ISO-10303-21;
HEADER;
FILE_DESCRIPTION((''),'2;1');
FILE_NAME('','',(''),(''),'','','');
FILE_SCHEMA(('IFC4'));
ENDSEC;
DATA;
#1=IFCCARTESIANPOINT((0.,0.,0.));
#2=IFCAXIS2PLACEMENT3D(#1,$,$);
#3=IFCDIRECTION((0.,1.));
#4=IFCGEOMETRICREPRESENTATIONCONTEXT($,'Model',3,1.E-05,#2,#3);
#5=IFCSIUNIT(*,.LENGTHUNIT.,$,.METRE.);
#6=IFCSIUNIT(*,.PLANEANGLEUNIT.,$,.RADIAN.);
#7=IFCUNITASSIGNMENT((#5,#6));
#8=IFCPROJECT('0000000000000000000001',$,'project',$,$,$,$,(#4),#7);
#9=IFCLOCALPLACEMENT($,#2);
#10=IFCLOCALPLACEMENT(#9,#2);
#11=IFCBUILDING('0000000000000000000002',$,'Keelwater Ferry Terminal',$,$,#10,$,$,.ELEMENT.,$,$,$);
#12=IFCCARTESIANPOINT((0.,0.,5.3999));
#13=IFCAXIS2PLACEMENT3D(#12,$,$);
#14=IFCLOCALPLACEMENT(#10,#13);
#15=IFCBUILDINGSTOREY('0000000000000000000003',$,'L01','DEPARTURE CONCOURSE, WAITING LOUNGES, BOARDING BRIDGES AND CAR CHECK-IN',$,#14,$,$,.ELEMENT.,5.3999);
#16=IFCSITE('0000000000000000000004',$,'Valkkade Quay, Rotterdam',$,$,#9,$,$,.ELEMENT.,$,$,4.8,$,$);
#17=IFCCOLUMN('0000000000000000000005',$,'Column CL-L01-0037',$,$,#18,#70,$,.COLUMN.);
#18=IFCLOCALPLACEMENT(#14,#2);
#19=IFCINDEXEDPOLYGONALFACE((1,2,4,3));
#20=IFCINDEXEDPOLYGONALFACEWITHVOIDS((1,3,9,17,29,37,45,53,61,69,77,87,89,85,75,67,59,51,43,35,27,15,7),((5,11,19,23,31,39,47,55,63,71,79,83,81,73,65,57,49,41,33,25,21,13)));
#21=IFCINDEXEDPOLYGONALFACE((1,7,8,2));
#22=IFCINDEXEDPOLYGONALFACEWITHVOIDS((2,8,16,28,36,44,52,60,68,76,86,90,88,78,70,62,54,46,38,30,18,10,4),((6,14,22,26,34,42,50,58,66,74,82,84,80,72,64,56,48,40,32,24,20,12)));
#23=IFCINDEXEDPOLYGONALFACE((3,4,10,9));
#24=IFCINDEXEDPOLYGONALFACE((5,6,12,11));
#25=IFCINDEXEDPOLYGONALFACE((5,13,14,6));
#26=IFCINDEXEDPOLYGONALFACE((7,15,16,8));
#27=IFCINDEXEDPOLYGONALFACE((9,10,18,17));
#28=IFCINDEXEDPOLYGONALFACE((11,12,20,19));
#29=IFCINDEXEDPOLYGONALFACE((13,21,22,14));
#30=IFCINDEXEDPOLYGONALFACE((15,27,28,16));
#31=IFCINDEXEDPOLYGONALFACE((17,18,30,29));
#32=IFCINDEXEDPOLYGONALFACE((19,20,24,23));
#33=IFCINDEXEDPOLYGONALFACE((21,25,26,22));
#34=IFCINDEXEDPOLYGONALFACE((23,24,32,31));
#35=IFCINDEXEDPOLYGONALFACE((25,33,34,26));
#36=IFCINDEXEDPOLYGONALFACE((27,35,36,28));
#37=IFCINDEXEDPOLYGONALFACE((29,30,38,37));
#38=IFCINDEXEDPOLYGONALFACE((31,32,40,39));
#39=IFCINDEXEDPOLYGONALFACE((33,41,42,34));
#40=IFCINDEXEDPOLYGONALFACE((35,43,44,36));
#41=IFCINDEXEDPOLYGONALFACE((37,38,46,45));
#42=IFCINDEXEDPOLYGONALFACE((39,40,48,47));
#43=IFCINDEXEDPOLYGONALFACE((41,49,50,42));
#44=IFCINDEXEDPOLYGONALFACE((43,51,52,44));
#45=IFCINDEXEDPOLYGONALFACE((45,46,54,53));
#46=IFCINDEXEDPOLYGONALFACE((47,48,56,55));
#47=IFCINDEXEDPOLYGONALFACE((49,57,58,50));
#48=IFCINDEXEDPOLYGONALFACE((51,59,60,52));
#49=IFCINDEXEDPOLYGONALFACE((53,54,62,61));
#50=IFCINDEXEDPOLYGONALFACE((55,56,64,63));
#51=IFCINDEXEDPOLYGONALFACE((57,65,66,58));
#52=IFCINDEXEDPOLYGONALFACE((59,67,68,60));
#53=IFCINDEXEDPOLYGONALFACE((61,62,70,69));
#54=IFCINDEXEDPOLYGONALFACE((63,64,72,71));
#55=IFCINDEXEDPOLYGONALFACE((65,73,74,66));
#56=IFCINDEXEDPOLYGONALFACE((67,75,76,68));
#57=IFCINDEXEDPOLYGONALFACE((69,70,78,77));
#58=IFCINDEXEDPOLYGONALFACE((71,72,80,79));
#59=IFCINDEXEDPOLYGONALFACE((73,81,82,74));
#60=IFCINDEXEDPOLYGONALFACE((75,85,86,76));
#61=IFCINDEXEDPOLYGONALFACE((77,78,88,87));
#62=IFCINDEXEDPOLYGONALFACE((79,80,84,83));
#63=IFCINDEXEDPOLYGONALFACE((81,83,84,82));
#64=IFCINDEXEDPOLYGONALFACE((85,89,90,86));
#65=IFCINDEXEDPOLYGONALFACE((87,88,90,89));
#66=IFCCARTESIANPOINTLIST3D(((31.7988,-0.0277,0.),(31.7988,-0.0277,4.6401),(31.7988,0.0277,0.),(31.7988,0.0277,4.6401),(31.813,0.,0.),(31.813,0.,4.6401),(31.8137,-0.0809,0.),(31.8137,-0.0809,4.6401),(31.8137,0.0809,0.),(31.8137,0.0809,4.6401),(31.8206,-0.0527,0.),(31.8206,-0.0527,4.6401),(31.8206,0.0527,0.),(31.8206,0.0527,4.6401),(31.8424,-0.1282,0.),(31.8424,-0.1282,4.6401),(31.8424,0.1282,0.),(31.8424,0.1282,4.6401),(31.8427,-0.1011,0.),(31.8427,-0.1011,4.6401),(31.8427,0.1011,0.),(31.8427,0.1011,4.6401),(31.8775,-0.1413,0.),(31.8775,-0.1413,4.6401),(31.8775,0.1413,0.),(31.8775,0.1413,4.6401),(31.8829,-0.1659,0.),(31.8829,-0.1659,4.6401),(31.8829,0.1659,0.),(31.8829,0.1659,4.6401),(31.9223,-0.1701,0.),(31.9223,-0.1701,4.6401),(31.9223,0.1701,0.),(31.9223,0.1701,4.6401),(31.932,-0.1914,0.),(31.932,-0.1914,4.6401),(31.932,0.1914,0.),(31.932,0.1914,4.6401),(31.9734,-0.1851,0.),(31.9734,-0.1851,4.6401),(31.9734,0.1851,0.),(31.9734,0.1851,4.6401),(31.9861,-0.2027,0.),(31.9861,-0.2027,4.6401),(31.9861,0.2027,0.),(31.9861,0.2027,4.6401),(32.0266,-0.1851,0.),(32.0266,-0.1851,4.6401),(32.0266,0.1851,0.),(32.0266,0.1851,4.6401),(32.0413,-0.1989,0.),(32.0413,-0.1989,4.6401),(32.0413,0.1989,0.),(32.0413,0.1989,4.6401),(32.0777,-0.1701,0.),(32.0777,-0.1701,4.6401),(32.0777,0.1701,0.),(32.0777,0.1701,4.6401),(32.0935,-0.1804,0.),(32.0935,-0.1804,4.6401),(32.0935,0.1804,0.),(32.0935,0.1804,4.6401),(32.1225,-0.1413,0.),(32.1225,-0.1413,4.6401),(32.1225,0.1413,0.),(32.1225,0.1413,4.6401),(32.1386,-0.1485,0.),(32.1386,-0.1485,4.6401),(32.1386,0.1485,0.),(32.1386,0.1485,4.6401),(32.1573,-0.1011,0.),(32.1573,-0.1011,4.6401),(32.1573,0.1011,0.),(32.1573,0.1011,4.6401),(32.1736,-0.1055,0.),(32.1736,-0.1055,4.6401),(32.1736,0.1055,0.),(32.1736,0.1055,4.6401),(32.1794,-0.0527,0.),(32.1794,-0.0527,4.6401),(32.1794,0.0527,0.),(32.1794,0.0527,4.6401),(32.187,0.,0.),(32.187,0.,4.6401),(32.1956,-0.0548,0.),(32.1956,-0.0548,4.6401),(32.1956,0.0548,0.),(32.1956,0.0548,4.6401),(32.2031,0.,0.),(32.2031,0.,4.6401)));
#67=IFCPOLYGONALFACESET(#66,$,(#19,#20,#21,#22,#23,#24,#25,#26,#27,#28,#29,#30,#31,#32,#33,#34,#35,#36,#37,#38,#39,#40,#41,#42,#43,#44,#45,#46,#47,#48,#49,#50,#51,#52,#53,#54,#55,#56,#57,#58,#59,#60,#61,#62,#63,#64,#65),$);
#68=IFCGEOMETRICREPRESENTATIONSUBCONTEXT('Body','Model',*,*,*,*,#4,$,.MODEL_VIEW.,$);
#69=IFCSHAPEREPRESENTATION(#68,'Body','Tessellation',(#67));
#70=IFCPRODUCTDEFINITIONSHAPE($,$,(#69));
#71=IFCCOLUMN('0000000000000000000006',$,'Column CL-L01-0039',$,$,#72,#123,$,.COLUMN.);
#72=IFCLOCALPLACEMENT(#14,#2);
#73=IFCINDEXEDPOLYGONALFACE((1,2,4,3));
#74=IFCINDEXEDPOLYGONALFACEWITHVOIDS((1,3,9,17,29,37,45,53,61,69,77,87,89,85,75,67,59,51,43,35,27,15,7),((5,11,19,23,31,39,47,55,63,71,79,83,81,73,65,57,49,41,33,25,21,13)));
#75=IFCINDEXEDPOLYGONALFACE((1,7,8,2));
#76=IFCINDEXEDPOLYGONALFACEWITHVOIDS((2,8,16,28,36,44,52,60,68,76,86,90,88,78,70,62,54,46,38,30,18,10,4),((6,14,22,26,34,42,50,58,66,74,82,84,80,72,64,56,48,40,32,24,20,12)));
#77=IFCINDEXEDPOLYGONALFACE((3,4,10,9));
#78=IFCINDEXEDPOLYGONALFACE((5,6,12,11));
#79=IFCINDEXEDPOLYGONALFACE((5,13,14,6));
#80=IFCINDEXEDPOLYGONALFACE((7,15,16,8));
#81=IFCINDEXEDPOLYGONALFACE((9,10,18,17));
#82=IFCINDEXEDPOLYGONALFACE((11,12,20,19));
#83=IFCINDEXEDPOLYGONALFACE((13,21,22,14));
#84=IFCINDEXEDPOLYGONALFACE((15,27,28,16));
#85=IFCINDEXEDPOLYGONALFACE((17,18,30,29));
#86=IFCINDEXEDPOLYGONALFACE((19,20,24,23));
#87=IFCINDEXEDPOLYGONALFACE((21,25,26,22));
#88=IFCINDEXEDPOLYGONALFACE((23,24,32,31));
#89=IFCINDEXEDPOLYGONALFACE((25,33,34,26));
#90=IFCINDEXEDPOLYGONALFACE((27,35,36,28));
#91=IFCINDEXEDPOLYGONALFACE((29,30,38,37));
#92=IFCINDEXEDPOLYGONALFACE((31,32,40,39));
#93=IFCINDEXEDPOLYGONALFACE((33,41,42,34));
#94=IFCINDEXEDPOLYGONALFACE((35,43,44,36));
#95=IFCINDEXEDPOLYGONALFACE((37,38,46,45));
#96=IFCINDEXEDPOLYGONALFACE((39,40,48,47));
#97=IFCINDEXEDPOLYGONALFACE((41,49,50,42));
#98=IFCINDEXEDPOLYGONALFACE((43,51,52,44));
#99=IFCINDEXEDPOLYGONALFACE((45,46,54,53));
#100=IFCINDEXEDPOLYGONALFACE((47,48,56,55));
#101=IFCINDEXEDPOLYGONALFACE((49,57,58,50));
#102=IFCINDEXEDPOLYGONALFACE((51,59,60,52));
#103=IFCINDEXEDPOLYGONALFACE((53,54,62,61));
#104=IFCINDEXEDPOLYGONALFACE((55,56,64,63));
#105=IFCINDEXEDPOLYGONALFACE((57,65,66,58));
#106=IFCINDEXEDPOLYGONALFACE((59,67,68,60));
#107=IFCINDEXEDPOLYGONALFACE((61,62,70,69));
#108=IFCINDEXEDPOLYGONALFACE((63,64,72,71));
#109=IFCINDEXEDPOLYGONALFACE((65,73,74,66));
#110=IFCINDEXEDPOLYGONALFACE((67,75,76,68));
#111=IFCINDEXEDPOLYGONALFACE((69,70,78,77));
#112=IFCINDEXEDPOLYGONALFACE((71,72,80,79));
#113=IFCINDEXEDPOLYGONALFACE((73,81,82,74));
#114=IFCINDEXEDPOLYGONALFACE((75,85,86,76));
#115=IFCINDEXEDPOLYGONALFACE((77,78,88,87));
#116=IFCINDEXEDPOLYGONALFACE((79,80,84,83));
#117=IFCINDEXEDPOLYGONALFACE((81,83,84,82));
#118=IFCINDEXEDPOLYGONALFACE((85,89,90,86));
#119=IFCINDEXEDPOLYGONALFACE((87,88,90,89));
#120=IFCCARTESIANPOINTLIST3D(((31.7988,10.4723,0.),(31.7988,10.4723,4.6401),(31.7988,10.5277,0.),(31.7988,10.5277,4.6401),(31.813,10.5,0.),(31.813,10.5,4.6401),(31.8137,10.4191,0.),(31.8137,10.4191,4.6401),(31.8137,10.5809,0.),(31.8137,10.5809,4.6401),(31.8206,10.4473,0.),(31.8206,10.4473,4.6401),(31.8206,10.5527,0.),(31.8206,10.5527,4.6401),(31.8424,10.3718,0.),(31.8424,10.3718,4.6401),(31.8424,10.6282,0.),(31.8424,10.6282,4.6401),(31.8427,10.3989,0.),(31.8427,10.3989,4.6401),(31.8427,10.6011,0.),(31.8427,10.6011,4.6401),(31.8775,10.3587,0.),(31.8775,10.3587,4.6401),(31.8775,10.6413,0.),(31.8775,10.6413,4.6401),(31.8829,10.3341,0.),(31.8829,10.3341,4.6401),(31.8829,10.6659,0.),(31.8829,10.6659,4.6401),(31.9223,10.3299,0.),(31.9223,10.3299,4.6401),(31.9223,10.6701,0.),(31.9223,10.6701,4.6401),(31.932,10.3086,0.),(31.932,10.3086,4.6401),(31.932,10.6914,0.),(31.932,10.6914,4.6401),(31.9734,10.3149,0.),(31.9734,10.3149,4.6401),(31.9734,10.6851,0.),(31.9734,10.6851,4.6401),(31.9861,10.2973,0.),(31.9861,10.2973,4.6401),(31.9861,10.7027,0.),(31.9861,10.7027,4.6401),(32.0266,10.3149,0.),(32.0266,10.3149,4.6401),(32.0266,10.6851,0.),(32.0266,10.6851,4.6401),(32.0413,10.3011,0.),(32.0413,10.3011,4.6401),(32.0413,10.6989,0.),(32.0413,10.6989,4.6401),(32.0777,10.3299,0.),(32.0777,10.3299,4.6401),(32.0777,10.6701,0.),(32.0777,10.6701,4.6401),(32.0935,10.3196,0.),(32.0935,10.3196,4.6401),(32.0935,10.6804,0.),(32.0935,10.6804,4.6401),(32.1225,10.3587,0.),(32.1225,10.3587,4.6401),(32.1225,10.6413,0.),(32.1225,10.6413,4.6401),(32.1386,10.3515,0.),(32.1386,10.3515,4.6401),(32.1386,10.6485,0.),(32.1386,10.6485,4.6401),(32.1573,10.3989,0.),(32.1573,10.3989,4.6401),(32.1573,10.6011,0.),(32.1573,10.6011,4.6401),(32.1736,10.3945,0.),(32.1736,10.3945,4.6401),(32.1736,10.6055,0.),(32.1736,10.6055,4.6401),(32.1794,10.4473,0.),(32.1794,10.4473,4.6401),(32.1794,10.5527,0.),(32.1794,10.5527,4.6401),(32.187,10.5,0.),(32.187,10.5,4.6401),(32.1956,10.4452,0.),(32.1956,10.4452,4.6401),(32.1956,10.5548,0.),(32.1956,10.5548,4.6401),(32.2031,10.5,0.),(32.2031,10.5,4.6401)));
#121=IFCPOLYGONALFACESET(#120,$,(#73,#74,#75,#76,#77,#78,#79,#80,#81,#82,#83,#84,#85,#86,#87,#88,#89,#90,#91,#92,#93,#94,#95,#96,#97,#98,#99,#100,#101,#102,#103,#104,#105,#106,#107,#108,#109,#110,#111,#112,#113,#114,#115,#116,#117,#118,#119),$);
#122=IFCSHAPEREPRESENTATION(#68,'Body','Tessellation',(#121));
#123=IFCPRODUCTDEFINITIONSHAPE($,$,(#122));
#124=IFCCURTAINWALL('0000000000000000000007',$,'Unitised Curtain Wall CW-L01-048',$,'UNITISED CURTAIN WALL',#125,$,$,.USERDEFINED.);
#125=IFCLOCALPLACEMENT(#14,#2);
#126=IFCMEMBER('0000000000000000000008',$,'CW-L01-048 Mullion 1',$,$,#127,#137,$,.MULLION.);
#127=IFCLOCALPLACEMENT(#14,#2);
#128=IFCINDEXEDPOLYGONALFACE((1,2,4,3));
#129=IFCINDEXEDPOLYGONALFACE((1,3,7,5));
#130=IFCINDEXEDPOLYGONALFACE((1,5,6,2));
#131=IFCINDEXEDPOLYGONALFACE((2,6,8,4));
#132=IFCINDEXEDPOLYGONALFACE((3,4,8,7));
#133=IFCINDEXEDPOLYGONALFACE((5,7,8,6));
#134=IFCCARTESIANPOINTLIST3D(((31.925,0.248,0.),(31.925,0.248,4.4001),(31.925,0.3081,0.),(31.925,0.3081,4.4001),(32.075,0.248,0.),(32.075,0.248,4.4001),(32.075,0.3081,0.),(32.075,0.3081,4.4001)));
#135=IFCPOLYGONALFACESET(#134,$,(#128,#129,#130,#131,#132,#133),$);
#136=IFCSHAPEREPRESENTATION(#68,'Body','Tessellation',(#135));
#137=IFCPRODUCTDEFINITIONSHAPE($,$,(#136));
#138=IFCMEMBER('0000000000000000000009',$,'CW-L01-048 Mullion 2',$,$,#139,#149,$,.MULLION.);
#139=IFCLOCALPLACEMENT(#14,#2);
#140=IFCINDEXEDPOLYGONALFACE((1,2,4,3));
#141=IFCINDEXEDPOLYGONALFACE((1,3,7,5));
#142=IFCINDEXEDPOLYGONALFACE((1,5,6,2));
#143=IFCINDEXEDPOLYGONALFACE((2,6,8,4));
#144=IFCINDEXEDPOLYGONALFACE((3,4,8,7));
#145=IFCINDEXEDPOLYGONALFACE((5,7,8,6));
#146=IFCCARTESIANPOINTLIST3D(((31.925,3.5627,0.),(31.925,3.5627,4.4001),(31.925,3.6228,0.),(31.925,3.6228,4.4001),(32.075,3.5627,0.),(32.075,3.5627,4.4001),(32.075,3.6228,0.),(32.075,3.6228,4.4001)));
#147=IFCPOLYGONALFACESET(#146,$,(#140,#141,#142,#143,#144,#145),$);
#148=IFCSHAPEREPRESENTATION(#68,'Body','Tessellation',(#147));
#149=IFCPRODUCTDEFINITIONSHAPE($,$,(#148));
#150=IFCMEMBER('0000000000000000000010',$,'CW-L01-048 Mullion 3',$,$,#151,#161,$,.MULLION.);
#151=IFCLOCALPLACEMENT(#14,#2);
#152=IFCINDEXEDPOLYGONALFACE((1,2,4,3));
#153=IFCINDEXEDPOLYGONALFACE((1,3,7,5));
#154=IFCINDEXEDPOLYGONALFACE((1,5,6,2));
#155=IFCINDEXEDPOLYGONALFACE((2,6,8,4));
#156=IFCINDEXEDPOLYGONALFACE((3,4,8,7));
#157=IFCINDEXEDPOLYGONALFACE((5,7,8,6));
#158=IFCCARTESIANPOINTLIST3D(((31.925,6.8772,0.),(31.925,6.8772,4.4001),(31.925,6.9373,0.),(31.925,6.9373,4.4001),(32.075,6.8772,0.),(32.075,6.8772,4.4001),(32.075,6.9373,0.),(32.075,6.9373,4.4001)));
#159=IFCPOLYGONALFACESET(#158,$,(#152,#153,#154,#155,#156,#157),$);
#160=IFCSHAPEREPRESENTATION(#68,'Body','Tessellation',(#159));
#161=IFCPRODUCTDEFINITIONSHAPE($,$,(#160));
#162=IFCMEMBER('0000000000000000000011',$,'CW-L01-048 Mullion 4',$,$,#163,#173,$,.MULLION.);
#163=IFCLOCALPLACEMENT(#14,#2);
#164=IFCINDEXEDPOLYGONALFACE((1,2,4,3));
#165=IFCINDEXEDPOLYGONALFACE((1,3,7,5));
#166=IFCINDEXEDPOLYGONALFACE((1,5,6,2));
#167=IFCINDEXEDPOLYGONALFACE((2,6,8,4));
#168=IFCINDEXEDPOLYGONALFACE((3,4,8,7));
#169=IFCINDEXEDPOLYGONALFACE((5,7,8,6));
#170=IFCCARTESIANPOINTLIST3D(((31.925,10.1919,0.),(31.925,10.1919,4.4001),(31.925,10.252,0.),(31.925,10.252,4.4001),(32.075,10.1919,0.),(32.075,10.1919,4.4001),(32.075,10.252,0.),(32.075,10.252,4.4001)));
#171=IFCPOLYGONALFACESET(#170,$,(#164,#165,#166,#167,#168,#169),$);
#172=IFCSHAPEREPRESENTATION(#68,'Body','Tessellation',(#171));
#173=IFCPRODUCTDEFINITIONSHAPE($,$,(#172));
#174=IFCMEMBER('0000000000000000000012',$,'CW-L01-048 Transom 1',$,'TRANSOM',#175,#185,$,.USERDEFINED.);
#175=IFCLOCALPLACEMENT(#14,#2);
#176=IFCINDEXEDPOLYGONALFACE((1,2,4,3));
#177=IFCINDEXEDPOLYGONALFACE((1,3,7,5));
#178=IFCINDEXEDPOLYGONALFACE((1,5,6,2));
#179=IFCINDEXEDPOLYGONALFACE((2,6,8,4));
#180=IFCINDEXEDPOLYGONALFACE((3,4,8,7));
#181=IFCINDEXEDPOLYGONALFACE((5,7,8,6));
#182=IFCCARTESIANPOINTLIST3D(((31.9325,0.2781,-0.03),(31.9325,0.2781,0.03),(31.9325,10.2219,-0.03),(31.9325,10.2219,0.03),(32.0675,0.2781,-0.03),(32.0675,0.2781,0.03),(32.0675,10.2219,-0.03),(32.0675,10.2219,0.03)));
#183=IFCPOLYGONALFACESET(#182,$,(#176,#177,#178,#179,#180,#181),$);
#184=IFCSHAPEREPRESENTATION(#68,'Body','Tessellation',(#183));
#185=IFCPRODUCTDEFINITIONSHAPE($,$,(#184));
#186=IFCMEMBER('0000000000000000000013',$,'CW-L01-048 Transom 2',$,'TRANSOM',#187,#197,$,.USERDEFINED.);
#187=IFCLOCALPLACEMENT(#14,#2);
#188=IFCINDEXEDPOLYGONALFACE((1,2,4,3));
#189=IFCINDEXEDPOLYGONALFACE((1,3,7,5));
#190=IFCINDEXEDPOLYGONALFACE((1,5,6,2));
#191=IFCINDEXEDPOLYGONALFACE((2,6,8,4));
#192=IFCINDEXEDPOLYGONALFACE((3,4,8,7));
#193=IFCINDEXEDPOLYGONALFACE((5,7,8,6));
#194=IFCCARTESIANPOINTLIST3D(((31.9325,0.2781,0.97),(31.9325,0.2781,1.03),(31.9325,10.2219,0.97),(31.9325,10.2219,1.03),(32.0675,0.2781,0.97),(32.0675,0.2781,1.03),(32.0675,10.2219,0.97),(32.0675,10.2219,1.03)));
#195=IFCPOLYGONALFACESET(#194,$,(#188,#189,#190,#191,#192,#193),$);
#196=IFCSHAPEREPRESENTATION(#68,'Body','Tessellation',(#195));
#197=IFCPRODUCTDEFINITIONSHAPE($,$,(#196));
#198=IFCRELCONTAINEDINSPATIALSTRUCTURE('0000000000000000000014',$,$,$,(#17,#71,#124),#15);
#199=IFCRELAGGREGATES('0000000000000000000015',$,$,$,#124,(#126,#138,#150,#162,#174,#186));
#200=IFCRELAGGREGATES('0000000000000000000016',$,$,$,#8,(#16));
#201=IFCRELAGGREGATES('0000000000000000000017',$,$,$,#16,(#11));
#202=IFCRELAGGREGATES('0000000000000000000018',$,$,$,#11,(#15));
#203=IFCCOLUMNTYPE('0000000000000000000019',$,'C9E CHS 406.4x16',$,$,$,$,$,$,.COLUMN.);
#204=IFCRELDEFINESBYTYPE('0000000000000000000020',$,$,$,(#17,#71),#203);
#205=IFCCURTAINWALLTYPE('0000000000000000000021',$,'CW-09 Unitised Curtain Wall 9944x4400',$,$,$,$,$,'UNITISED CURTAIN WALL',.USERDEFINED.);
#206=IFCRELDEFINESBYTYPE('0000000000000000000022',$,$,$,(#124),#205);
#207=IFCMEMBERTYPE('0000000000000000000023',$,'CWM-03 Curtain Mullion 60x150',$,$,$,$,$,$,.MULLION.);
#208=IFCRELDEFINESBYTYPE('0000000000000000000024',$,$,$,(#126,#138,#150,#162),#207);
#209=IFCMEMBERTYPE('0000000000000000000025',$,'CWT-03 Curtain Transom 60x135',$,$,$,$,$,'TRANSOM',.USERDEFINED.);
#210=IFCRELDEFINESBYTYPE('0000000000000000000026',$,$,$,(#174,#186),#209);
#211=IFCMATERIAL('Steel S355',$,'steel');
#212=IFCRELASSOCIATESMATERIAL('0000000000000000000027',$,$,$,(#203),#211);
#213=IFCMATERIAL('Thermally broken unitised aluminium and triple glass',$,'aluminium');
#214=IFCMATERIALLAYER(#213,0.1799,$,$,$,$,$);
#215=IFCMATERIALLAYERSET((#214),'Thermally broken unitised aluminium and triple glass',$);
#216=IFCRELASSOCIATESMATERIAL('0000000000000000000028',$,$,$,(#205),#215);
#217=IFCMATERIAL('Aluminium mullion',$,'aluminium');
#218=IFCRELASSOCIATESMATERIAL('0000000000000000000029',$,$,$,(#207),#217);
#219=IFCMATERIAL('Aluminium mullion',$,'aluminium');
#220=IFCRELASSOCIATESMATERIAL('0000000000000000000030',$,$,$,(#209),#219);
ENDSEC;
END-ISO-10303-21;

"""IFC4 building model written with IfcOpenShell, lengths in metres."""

from ifc_helpers import new_model, si_unit, direction, frame, origin, origin_2d, place, context, subcontext, project, spatial, rectangle, hollow_circle, extrude, material, layer, layer_set, material_profile, profile_set, type_object, element, aggregate, save


model = new_model("IFC4")

# Units and contexts
model_context = context("Model", 3, precision=1e-05, world=origin(), true_north=direction((0.0, 1.0)))
body_context = subcontext(model_context, "Body", "Model", "MODEL_VIEW")
ifc_project = project(units=[si_unit("LENGTHUNIT", "METRE"), si_unit("PLANEANGLEUNIT", "RADIAN")], contexts=[model_context])

# Site, building, storey
site_placement = place(None, origin())
site = spatial("IfcSite", under=ifc_project, at=site_placement, Name="Valkkade Quay, Rotterdam", CompositionType="ELEMENT", RefElevation=4.8)
building_placement = place(site_placement, origin())
building = spatial("IfcBuilding", under=site, at=building_placement, Name="Keelwater Ferry Terminal", CompositionType="ELEMENT")
storey_placement = place(building_placement, frame((0.0, 0.0, 5.3999)))
storey = spatial("IfcBuildingStorey", under=building, at=storey_placement, Name="L01", Description="DEPARTURE CONCOURSE, WAITING LOUNGES, BOARDING BRIDGES AND CAR CHECK-IN", CompositionType="ELEMENT", Elevation=5.3999)

# Columns
ifc_material_1 = material(Name="Steel S355", Category="steel")
ifc_material_profile_1 = material_profile(ifc_material_1, hollow_circle(Radius=0.2031, WallThickness=0.0161, at=origin_2d()), Name="CHS 406.4x16")
ifc_profile_set_1 = profile_set([ifc_material_profile_1], Name="Steel S355")
column_type = type_object("IfcColumnType", Name="C9E CHS 406.4x16", PredefinedType="COLUMN", material=ifc_profile_set_1)
for number, where, z_axis, x_axis, name in (
    (1, (32.0, 0.0, 0.0), (0.0, 0.0, 1.0), (1.0, 0.0, 0.0), "Column CL-L01-0037"),
    (2, (32.0, 10.5, 0.0), (0.0, 0.0, 1.0), (1.0, 0.0, 0.0), "Column CL-L01-0039"),
):
    element("IfcColumn", number, at=place(storey_placement, frame(where, z_axis=z_axis, x_axis=x_axis)), inside=storey, type_object=column_type, Name=name, PredefinedType="COLUMN", context=body_context, shape_type="SweptSolid", body=[
        extrude(hollow_circle(Radius=0.2031, WallThickness=0.0161, at=origin_2d()), origin(), (0.0, 0.0, 1.0), 4.6401),
    ])

# Curtain wall, members
ifc_material_2 = material(Name="Thermally broken unitised aluminium and triple glass", Category="aluminium")
ifc_layer_1 = layer(ifc_material_2, 0.1799)
ifc_layer_set_1 = layer_set([ifc_layer_1], Name="Thermally broken unitised aluminium and triple glass")
curtain_wall_type = type_object("IfcCurtainWallType", Name="CW-09 Unitised Curtain Wall 9944x4400", ElementType="UNITISED CURTAIN WALL", PredefinedType="USERDEFINED", material=ifc_layer_set_1)
curtain_wall_placement = place(storey_placement, origin())
curtain_wall = element("IfcCurtainWall", 3, at=curtain_wall_placement, inside=storey, type_object=curtain_wall_type, Name="Unitised Curtain Wall CW-L01-048", ObjectType="UNITISED CURTAIN WALL", PredefinedType="USERDEFINED")
ifc_material_3 = material(Name="Aluminium mullion", Category="aluminium")
ifc_material_profile_2 = material_profile(ifc_material_3, rectangle(XDim=0.0601, YDim=0.1499, at=origin_2d()), Name="CWM-03")
ifc_profile_set_2 = profile_set([ifc_material_profile_2], Name="Aluminium mullion")
member_type_1 = type_object("IfcMemberType", Name="CWM-03 Curtain Mullion 60x150", PredefinedType="MULLION", material=ifc_profile_set_2)
member_1_placement = place(storey_placement, frame((32.0, 0.2781, 0.0), z_axis=(0.0, 0.0, 1.0), x_axis=(0.0, 1.0, 0.0)))
member_1 = element("IfcMember", 4, at=member_1_placement, type_object=member_type_1, Name="CW-L01-048 Mullion 1", PredefinedType="MULLION", context=body_context, shape_type="SweptSolid", body=[
    extrude(rectangle(XDim=0.0601, YDim=0.1499, at=origin_2d()), origin(), (0.0, 0.0, 1.0), 4.4001),
])
member_2_placement = place(storey_placement, frame((32.0, 3.5928, 0.0), z_axis=(0.0, 0.0, 1.0), x_axis=(0.0, 1.0, 0.0)))
member_2 = element("IfcMember", 5, at=member_2_placement, type_object=member_type_1, Name="CW-L01-048 Mullion 2", PredefinedType="MULLION", context=body_context, shape_type="SweptSolid", body=[
    extrude(rectangle(XDim=0.0601, YDim=0.1499, at=origin_2d()), origin(), (0.0, 0.0, 1.0), 4.4001),
])
member_3_placement = place(storey_placement, frame((32.0, 6.9072, 0.0), z_axis=(0.0, 0.0, 1.0), x_axis=(0.0, 1.0, 0.0)))
member_3 = element("IfcMember", 6, at=member_3_placement, type_object=member_type_1, Name="CW-L01-048 Mullion 3", PredefinedType="MULLION", context=body_context, shape_type="SweptSolid", body=[
    extrude(rectangle(XDim=0.0601, YDim=0.1499, at=origin_2d()), origin(), (0.0, 0.0, 1.0), 4.4001),
])
member_4_placement = place(storey_placement, frame((32.0, 10.2219, 0.0), z_axis=(0.0, 0.0, 1.0), x_axis=(0.0, 1.0, 0.0)))
member_4 = element("IfcMember", 7, at=member_4_placement, type_object=member_type_1, Name="CW-L01-048 Mullion 4", PredefinedType="MULLION", context=body_context, shape_type="SweptSolid", body=[
    extrude(rectangle(XDim=0.0601, YDim=0.1499, at=origin_2d()), origin(), (0.0, 0.0, 1.0), 4.4001),
])
ifc_material_4 = material(Name="Aluminium mullion", Category="aluminium")
ifc_material_profile_3 = material_profile(ifc_material_4, rectangle(XDim=0.135, YDim=0.0601, at=origin_2d()), Name="CWT-03")
ifc_profile_set_3 = profile_set([ifc_material_profile_3], Name="Aluminium mullion")
member_type_2 = type_object("IfcMemberType", Name="CWT-03 Curtain Transom 60x135", ElementType="TRANSOM", PredefinedType="USERDEFINED", material=ifc_profile_set_3)
member_5_placement = place(storey_placement, frame((32.0, 0.2781, 0.0), z_axis=(0.0, 1.0, 0.0), x_axis=(-1.0, 0.0, 0.0)))
member_5 = element("IfcMember", 8, at=member_5_placement, type_object=member_type_2, Name="CW-L01-048 Transom 1", ObjectType="TRANSOM", PredefinedType="USERDEFINED", context=body_context, shape_type="SweptSolid", body=[
    extrude(rectangle(XDim=0.135, YDim=0.0601, at=origin_2d()), origin(), (0.0, 0.0, 1.0), 9.9438),
])
member_6_placement = place(storey_placement, frame((32.0, 0.2781, 1.0), z_axis=(0.0, 1.0, 0.0), x_axis=(-1.0, 0.0, 0.0)))
member_6 = element("IfcMember", 9, at=member_6_placement, type_object=member_type_2, Name="CW-L01-048 Transom 2", ObjectType="TRANSOM", PredefinedType="USERDEFINED", context=body_context, shape_type="SweptSolid", body=[
    extrude(rectangle(XDim=0.135, YDim=0.0601, at=origin_2d()), origin(), (0.0, 0.0, 1.0), 9.9438),
])

aggregate(curtain_wall, [member_1, member_2, member_3, member_4, member_5, member_6])

save(model, "model.ifc")
